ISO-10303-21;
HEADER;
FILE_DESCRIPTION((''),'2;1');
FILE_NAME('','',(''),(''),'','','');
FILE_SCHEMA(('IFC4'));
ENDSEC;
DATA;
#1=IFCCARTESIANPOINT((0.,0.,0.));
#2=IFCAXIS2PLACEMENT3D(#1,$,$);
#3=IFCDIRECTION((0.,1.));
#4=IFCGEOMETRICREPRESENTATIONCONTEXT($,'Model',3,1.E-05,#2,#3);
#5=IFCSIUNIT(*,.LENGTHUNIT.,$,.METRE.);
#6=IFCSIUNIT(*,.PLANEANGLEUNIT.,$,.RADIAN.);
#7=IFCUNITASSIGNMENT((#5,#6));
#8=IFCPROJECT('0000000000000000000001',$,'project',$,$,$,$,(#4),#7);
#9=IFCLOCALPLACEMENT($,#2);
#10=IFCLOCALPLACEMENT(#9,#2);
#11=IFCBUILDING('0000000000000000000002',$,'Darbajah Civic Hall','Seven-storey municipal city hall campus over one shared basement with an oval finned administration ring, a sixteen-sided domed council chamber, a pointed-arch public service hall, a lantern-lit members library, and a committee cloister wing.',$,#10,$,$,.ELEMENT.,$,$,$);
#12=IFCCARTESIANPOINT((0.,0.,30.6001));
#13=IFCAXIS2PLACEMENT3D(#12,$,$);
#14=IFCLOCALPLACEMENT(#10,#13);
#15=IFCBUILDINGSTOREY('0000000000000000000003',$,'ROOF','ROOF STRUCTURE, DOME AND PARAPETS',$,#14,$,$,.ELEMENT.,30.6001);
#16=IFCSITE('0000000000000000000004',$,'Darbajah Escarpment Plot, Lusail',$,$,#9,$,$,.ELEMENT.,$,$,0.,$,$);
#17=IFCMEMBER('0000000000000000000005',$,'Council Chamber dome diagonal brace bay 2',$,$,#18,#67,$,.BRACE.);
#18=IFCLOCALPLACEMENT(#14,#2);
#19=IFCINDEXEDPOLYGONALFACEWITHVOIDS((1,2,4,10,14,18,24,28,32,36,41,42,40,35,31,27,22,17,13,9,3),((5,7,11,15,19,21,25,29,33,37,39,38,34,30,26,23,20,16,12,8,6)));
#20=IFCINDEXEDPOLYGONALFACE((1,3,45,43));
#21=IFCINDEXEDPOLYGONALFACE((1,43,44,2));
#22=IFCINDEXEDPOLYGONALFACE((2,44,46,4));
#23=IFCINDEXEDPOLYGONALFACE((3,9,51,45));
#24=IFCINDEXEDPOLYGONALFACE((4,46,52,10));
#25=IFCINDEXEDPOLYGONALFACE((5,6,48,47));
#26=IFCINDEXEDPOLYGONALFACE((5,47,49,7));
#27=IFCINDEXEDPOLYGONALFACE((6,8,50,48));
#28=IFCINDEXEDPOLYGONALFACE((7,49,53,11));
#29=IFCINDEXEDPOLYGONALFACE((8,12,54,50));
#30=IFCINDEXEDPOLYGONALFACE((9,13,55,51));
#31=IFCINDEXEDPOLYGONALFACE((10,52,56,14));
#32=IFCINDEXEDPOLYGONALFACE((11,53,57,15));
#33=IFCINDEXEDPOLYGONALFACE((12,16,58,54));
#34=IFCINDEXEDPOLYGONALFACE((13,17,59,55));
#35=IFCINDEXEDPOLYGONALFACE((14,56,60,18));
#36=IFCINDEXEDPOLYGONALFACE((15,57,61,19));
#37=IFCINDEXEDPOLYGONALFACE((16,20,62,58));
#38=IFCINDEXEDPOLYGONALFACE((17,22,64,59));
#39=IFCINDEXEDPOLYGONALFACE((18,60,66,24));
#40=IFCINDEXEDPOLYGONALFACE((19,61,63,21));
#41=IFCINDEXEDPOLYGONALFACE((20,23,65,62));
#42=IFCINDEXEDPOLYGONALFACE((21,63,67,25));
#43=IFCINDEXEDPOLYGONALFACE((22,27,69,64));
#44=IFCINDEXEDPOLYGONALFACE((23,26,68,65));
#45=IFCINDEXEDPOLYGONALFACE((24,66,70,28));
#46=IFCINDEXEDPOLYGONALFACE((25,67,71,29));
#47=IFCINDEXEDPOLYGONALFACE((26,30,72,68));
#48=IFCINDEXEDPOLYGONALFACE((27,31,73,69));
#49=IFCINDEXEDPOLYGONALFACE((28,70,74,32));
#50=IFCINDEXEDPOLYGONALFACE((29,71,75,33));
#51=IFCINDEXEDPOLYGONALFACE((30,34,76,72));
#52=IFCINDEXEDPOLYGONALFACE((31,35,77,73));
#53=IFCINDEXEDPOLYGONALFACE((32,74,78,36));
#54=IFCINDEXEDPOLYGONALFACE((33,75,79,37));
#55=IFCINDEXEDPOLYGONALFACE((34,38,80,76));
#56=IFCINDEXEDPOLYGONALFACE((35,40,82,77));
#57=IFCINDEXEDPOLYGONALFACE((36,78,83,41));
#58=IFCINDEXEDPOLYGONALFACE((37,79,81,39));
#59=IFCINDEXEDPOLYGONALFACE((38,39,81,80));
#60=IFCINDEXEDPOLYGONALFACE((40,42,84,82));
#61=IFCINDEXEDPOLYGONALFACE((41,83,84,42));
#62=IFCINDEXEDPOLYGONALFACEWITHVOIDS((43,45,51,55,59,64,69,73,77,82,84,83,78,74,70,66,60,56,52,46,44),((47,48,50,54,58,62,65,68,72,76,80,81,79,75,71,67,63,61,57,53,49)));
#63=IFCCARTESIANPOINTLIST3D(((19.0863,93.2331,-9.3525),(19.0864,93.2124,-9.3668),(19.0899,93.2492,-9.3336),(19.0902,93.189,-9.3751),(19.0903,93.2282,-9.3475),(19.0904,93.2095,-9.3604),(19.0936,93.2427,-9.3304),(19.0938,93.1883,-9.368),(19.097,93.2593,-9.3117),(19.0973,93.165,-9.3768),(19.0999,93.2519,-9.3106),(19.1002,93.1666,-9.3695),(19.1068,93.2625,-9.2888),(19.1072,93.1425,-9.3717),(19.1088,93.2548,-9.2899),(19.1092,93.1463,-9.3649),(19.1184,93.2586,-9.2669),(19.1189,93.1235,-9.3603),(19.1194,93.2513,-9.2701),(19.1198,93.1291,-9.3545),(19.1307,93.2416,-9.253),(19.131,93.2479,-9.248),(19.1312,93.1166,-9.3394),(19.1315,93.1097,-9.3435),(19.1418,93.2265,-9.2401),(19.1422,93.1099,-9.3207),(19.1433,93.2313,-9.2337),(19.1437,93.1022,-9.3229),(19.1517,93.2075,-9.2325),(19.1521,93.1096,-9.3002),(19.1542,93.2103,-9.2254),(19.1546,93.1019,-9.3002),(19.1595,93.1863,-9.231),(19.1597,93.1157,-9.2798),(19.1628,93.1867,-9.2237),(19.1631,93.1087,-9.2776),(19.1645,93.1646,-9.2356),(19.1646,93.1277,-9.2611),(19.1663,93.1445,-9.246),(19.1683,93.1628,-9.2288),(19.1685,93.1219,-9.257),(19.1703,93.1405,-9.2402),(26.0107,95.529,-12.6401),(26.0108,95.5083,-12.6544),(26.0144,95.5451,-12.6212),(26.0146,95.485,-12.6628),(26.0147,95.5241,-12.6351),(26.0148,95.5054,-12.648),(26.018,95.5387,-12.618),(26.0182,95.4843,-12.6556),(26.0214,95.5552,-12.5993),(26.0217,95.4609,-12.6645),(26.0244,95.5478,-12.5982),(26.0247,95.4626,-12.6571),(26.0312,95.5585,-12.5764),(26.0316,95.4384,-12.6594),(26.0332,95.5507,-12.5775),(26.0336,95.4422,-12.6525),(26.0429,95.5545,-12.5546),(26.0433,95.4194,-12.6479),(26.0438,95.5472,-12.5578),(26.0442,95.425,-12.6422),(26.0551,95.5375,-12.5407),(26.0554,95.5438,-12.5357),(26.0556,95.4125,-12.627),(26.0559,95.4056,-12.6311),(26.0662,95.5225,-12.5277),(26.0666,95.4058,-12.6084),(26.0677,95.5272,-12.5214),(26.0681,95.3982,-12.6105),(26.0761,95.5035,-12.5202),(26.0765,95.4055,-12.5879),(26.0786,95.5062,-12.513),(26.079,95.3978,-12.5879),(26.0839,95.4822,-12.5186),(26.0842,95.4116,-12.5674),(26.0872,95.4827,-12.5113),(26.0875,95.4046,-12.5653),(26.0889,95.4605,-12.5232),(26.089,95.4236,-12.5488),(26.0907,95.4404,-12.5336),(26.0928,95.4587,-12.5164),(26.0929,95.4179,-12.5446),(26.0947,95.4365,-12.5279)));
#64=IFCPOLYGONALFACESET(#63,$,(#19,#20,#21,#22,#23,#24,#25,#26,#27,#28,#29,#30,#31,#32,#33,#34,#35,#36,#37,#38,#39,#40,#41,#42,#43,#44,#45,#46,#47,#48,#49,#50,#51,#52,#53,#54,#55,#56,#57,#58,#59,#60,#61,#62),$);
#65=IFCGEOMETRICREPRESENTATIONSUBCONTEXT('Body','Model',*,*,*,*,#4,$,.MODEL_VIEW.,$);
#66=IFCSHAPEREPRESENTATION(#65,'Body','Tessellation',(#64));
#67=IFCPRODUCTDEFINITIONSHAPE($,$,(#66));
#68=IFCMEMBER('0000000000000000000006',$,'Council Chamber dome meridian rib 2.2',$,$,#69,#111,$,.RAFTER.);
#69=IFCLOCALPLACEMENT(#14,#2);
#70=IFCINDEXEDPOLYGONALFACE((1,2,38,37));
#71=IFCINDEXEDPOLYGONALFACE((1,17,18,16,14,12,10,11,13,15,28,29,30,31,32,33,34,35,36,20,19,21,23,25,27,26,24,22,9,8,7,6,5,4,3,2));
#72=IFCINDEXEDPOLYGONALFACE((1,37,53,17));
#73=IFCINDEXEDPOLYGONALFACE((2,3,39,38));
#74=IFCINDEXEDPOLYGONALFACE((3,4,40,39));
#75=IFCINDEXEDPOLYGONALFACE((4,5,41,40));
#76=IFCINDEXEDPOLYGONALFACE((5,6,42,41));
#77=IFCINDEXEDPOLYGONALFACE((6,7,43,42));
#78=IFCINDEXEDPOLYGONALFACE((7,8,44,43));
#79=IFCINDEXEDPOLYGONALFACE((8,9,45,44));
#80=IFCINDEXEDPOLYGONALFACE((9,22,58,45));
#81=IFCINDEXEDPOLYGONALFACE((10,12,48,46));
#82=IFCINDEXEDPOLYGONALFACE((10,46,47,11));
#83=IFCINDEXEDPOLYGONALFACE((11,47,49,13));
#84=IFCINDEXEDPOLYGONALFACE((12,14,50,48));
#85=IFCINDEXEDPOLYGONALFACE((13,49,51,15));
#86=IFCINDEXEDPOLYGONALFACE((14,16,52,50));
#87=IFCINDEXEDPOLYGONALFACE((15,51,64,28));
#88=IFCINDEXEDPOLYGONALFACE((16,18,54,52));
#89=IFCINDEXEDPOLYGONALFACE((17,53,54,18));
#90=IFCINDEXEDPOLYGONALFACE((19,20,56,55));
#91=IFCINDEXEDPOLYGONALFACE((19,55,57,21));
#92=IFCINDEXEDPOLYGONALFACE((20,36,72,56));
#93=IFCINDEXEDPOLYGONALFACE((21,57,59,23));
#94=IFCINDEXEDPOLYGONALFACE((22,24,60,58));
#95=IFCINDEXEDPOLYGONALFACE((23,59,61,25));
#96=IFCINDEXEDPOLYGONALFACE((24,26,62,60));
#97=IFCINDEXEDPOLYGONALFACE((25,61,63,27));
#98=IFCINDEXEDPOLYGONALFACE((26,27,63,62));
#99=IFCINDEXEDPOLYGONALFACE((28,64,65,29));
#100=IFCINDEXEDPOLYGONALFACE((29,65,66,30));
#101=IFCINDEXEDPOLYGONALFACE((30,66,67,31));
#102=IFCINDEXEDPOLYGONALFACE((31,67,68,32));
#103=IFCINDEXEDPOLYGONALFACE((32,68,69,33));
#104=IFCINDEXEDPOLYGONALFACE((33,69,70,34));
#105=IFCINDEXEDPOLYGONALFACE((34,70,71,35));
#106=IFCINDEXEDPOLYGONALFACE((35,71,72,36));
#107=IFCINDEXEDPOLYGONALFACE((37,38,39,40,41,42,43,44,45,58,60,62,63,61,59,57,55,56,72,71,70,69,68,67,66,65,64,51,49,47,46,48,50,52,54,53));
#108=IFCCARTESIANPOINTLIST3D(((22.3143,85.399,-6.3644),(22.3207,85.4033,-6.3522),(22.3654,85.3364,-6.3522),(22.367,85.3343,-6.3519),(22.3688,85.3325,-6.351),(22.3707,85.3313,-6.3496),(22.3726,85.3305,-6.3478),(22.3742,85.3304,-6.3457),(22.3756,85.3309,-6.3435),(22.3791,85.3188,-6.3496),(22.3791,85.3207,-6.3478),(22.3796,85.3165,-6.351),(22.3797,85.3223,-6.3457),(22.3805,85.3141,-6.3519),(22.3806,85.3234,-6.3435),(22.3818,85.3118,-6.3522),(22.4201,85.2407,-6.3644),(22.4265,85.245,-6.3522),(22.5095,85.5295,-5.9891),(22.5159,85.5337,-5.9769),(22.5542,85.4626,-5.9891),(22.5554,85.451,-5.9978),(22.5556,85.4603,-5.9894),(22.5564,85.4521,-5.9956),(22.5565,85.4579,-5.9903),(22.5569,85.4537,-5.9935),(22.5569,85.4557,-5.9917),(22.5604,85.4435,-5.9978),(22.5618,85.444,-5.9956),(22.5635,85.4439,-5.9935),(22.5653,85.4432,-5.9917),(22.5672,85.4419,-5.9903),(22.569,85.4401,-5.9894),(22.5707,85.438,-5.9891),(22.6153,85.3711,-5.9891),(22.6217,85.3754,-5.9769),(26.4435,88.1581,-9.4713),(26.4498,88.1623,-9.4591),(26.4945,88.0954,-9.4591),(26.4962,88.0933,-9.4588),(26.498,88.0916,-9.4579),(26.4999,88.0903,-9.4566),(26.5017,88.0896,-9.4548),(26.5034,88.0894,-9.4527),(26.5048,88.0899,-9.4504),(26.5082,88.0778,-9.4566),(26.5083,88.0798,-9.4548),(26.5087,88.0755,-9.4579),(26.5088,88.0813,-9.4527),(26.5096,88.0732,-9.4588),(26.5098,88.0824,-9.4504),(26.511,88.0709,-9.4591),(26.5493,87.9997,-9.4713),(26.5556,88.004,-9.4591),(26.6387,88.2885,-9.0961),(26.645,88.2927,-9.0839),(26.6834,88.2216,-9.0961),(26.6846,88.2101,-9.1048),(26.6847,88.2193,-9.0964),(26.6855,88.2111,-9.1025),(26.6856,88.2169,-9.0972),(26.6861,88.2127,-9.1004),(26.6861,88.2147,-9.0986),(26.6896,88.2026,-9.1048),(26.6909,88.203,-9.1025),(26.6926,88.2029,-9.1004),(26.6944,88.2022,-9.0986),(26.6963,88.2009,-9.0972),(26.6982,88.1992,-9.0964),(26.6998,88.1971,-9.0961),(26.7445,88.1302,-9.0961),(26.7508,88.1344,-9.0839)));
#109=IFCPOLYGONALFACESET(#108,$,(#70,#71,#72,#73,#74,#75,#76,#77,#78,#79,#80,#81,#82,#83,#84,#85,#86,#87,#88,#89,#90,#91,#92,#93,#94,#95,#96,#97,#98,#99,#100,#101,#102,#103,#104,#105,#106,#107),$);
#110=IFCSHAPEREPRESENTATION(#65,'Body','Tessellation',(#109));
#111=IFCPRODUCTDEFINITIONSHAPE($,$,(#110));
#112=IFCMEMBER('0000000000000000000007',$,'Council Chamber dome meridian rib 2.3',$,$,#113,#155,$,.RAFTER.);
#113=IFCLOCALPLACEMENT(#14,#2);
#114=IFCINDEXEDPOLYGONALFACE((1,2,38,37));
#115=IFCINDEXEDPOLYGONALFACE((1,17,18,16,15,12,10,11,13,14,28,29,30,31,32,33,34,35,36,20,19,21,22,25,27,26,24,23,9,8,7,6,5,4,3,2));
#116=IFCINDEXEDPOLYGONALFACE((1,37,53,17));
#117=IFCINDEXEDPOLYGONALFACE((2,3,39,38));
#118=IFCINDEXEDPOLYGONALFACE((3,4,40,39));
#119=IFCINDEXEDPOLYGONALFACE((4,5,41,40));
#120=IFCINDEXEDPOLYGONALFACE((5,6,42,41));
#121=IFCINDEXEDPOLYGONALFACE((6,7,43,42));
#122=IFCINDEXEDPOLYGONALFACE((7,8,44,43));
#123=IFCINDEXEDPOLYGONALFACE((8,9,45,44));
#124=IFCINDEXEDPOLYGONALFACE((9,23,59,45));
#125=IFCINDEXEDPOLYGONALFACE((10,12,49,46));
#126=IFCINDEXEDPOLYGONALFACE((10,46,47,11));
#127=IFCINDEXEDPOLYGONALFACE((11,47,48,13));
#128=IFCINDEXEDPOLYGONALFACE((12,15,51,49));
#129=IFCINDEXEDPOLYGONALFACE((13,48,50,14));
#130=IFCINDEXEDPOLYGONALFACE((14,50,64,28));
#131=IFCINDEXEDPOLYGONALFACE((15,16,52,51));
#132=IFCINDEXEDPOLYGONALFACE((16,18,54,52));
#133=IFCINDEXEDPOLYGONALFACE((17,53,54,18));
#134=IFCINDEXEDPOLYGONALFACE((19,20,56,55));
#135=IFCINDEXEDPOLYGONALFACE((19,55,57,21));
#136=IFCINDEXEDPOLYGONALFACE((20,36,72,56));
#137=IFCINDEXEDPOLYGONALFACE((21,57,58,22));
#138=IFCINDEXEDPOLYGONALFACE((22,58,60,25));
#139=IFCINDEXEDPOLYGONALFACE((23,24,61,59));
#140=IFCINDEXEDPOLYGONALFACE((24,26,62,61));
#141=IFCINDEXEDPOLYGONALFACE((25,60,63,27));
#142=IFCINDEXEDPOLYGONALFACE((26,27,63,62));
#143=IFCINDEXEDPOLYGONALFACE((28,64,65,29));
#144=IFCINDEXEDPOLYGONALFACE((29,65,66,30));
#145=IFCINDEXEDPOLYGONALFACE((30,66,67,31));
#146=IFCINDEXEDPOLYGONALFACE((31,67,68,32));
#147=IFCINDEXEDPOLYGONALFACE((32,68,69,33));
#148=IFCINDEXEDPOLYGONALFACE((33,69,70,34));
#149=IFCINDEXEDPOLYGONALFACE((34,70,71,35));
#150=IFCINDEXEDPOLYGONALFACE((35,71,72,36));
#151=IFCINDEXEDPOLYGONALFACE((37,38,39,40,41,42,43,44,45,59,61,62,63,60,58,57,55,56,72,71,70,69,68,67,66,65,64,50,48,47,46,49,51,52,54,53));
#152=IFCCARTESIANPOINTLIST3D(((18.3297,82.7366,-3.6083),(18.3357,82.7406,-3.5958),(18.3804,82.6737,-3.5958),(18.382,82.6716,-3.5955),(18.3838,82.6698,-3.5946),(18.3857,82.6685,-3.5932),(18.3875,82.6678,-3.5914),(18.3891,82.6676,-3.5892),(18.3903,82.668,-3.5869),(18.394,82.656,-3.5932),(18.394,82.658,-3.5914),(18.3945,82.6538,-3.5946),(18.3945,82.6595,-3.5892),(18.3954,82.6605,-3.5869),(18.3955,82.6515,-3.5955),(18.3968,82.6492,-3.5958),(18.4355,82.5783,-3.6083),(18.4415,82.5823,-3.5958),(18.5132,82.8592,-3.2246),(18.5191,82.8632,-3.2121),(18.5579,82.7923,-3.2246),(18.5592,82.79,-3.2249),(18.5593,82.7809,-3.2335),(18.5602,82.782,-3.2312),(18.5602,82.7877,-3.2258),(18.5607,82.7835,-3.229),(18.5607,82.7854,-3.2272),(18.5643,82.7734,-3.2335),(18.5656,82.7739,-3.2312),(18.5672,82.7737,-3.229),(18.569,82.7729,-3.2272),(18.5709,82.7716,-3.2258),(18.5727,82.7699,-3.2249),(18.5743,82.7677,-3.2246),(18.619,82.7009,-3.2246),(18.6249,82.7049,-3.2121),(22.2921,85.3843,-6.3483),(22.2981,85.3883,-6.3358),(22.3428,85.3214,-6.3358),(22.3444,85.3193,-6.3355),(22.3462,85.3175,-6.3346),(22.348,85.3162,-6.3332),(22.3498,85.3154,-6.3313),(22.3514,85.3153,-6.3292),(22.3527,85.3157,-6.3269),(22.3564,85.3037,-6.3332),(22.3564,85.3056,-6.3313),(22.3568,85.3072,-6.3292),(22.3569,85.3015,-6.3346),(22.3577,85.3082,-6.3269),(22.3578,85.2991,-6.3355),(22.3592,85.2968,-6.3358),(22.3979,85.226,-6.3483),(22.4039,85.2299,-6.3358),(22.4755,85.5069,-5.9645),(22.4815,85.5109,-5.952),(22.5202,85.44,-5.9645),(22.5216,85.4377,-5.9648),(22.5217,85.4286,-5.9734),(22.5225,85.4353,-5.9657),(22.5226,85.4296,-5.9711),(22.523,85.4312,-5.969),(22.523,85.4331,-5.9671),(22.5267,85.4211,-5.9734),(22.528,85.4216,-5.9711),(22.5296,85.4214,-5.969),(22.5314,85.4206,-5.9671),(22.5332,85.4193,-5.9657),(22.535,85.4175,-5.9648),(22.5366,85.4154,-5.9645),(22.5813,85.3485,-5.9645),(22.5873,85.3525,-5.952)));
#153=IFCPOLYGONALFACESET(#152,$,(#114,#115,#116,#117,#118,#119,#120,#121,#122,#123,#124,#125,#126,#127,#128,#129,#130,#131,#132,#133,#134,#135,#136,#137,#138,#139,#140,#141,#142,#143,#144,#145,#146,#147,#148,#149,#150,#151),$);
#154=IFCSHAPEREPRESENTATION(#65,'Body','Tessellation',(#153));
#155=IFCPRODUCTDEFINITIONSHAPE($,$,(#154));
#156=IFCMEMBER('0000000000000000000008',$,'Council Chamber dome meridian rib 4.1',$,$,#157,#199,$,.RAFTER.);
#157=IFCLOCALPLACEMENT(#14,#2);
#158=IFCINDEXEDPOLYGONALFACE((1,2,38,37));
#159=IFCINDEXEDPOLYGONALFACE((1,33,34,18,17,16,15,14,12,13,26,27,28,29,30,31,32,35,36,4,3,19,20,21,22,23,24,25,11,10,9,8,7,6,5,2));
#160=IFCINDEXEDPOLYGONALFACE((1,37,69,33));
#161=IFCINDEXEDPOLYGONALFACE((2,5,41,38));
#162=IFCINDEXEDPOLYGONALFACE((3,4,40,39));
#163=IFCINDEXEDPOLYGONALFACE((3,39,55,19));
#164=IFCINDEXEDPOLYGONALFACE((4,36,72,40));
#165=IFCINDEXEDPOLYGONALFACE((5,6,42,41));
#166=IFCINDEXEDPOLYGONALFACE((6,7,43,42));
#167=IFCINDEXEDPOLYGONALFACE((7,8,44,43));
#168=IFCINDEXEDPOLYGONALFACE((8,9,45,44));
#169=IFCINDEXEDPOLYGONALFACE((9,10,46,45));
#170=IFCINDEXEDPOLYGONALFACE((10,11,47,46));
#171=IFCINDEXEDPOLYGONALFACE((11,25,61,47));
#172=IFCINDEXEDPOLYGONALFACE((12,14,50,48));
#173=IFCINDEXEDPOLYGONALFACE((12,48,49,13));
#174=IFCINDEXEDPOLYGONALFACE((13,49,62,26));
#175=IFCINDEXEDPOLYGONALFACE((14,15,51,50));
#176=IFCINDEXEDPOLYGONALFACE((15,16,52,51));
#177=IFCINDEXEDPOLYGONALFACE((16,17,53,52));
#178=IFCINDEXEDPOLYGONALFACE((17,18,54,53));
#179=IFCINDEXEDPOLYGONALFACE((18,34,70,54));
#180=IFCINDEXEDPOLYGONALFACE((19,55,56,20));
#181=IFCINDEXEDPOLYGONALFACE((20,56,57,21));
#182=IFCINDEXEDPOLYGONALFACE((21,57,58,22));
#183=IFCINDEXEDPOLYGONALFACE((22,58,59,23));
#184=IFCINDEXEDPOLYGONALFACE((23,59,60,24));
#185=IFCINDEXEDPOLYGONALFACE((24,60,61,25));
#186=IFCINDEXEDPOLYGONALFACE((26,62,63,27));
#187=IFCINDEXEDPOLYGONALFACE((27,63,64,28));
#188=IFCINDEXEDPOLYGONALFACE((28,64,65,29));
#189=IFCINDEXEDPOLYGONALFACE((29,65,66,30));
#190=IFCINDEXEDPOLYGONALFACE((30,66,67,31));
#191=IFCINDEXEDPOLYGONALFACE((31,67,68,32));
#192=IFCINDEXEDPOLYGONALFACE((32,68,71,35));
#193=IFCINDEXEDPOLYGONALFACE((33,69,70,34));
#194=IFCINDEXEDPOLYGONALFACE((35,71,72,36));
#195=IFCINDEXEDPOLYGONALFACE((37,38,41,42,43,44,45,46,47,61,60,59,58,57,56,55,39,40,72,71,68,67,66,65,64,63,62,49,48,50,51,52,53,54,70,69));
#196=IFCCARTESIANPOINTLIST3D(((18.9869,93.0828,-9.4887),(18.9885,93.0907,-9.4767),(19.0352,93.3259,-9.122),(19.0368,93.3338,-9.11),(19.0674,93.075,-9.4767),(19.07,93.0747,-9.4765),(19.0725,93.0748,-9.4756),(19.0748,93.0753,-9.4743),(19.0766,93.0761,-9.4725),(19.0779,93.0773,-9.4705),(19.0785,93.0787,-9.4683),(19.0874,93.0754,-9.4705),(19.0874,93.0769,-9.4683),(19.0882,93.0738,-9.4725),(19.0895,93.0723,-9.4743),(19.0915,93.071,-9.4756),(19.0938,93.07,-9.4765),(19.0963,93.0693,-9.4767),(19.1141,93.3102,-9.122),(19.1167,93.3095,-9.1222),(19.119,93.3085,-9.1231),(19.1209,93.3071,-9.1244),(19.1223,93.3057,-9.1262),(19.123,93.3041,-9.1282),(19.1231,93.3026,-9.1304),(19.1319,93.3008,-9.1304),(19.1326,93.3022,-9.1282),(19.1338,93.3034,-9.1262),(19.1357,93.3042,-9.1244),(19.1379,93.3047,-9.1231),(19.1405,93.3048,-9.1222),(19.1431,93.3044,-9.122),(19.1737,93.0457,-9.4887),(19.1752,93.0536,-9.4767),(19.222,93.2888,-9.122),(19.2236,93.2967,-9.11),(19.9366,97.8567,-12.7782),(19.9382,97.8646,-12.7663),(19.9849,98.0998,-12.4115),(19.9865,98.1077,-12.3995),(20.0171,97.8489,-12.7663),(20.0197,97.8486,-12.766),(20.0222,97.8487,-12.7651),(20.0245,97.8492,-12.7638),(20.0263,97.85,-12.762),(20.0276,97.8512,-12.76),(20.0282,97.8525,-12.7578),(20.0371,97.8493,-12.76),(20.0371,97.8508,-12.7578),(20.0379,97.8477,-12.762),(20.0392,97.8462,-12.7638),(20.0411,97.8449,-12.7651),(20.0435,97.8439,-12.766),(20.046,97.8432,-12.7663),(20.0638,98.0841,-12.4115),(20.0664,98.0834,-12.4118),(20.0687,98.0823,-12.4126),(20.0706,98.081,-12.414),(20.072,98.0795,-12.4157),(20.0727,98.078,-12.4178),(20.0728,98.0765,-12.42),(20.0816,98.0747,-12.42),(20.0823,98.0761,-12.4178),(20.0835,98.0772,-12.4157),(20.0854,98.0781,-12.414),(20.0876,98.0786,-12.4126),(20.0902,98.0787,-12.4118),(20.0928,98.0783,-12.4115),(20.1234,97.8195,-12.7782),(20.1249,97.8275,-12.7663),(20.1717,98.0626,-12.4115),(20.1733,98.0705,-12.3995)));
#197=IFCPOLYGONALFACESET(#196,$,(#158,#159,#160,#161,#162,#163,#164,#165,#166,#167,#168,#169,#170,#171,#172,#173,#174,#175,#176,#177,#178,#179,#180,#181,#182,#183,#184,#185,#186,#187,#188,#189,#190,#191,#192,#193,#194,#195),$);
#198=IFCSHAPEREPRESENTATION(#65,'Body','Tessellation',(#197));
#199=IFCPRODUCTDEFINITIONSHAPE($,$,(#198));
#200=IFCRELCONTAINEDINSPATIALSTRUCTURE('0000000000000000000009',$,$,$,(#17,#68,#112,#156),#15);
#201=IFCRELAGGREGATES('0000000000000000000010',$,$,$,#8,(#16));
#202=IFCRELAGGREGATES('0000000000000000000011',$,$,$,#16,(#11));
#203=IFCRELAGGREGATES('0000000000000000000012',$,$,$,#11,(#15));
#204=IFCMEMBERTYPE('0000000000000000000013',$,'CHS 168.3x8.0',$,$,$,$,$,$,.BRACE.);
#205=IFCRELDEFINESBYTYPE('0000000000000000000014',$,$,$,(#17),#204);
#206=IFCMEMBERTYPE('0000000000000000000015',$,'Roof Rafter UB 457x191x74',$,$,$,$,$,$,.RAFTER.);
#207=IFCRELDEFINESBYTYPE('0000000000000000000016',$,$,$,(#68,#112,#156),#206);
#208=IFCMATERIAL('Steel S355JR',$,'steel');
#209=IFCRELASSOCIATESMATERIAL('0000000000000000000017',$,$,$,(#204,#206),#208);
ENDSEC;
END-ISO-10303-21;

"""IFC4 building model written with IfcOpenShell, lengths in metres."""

from ifc_helpers import new_model, si_unit, direction, frame, origin, origin_2d, place, context, subcontext, project, spatial, hollow_circle, i_section, extrude, material, material_profile, profile_set, type_object, element, save


model = new_model("IFC4")

# Units and contexts
model_context = context("Model", 3, precision=1e-05, world=origin(), true_north=direction((0.0, 1.0)))
body_context = subcontext(model_context, "Body", "Model", "MODEL_VIEW")
ifc_project = project(units=[si_unit("LENGTHUNIT", "METRE"), si_unit("PLANEANGLEUNIT", "RADIAN")], contexts=[model_context])

# Site, building, storey
site_placement = place(None, origin())
site = spatial("IfcSite", under=ifc_project, at=site_placement, Name="Darbajah Escarpment Plot, Lusail", CompositionType="ELEMENT", RefElevation=0.0)
building_placement = place(site_placement, origin())
building = spatial("IfcBuilding", under=site, at=building_placement, Name="Darbajah Civic Hall", Description="Seven-storey municipal city hall campus over one shared basement with an oval finned administration ring, a sixteen-sided domed council chamber, a pointed-arch public service hall, a lantern-lit members library, and a committee cloister wing.", CompositionType="ELEMENT")
storey_placement = place(building_placement, frame((0.0, 0.0, 30.6001)))
storey = spatial("IfcBuildingStorey", under=building, at=storey_placement, Name="ROOF", Description="ROOF STRUCTURE, DOME AND PARAPETS", CompositionType="ELEMENT", Elevation=30.6001)

# Members
ifc_material = material(Name="Steel S355JR", Category="steel")
ifc_material_profile_1 = material_profile(ifc_material, hollow_circle(Radius=0.0842, WallThickness=0.0081, at=origin_2d()), Name="CHS 168.3x8.0")
ifc_profile_set_1 = profile_set([ifc_material_profile_1], Name="Steel S355JR")
member_type_1 = type_object("IfcMemberType", Name="CHS 168.3x8.0", PredefinedType="BRACE", material=ifc_profile_set_1)
for number, where, z_axis, x_axis, name in (
    (1, (26.0525, 95.4778, -12.5879), (-0.865366, -0.28693, 0.410868), (0.314721, -0.949184, 0.0), "Council Chamber dome diagonal brace bay 2"),
):
    element("IfcMember", number, at=place(storey_placement, frame(where, z_axis=z_axis, x_axis=x_axis)), inside=storey, type_object=member_type_1, Name=name, PredefinedType="BRACE", context=body_context, shape_type="SweptSolid", body=[
        extrude(hollow_circle(Radius=0.0842, WallThickness=0.0081, at=origin_2d()), origin(), (0.0, 0.0, 1.0), 8.0017),
    ])
ifc_material_profile_2 = material_profile(ifc_material, i_section(OverallWidth=0.1904, OverallDepth=0.457, WebThickness=0.009, FlangeThickness=0.0144, FilletRadius=0.0103, at=origin_2d()), Name="UB 457x191x74")
ifc_profile_set_2 = profile_set([ifc_material_profile_2], Name="Steel S355JR")
member_type_2 = type_object("IfcMemberType", Name="Roof Rafter UB 457x191x74", PredefinedType="RAFTER", material=ifc_profile_set_2)
member_1_placement = place(storey_placement, frame((26.5972, 88.1462, -9.2776), z_axis=(-0.704884, -0.470992, 0.530382), x_axis=(0.555573, -0.831467, 0.0)))
element("IfcMember", 2, at=member_1_placement, inside=storey, type_object=member_type_2, Name="Council Chamber dome meridian rib 2.2", PredefinedType="RAFTER", context=body_context, shape_type="SweptSolid", body=[
    extrude(i_section(OverallWidth=0.1904, OverallDepth=0.457, WebThickness=0.009, FlangeThickness=0.0144, FilletRadius=0.0103, at=origin_2d()), origin(), (0.0, 0.0, 1.0), 5.8579),
])
member_2_placement = place(storey_placement, frame((22.4397, 85.3684, -6.1501), z_axis=(-0.720812, -0.481652, 0.498439), x_axis=(0.555587, -0.831459, 0.0)))
element("IfcMember", 3, at=member_2_placement, inside=storey, type_object=member_type_2, Name="Council Chamber dome meridian rib 2.3", PredefinedType="RAFTER", context=body_context, shape_type="SweptSolid", body=[
    extrude(i_section(OverallWidth=0.1904, OverallDepth=0.457, WebThickness=0.009, FlangeThickness=0.0144, FilletRadius=0.0103, at=origin_2d()), origin(), (0.0, 0.0, 1.0), 5.4971),
])
member_3_placement = place(storey_placement, frame((20.0549, 97.9636, -12.5889), z_axis=(-0.161657, -0.812609, 0.559941), x_axis=(0.980781, -0.195113, 0.0)))
element("IfcMember", 4, at=member_3_placement, inside=storey, type_object=member_type_2, Name="Council Chamber dome meridian rib 4.1", PredefinedType="RAFTER", context=body_context, shape_type="SweptSolid", body=[
    extrude(i_section(OverallWidth=0.1904, OverallDepth=0.457, WebThickness=0.009, FlangeThickness=0.0144, FilletRadius=0.0103, at=origin_2d()), origin(), (0.0, 0.0, 1.0), 5.8748),
])

save(model, "model.ifc")
